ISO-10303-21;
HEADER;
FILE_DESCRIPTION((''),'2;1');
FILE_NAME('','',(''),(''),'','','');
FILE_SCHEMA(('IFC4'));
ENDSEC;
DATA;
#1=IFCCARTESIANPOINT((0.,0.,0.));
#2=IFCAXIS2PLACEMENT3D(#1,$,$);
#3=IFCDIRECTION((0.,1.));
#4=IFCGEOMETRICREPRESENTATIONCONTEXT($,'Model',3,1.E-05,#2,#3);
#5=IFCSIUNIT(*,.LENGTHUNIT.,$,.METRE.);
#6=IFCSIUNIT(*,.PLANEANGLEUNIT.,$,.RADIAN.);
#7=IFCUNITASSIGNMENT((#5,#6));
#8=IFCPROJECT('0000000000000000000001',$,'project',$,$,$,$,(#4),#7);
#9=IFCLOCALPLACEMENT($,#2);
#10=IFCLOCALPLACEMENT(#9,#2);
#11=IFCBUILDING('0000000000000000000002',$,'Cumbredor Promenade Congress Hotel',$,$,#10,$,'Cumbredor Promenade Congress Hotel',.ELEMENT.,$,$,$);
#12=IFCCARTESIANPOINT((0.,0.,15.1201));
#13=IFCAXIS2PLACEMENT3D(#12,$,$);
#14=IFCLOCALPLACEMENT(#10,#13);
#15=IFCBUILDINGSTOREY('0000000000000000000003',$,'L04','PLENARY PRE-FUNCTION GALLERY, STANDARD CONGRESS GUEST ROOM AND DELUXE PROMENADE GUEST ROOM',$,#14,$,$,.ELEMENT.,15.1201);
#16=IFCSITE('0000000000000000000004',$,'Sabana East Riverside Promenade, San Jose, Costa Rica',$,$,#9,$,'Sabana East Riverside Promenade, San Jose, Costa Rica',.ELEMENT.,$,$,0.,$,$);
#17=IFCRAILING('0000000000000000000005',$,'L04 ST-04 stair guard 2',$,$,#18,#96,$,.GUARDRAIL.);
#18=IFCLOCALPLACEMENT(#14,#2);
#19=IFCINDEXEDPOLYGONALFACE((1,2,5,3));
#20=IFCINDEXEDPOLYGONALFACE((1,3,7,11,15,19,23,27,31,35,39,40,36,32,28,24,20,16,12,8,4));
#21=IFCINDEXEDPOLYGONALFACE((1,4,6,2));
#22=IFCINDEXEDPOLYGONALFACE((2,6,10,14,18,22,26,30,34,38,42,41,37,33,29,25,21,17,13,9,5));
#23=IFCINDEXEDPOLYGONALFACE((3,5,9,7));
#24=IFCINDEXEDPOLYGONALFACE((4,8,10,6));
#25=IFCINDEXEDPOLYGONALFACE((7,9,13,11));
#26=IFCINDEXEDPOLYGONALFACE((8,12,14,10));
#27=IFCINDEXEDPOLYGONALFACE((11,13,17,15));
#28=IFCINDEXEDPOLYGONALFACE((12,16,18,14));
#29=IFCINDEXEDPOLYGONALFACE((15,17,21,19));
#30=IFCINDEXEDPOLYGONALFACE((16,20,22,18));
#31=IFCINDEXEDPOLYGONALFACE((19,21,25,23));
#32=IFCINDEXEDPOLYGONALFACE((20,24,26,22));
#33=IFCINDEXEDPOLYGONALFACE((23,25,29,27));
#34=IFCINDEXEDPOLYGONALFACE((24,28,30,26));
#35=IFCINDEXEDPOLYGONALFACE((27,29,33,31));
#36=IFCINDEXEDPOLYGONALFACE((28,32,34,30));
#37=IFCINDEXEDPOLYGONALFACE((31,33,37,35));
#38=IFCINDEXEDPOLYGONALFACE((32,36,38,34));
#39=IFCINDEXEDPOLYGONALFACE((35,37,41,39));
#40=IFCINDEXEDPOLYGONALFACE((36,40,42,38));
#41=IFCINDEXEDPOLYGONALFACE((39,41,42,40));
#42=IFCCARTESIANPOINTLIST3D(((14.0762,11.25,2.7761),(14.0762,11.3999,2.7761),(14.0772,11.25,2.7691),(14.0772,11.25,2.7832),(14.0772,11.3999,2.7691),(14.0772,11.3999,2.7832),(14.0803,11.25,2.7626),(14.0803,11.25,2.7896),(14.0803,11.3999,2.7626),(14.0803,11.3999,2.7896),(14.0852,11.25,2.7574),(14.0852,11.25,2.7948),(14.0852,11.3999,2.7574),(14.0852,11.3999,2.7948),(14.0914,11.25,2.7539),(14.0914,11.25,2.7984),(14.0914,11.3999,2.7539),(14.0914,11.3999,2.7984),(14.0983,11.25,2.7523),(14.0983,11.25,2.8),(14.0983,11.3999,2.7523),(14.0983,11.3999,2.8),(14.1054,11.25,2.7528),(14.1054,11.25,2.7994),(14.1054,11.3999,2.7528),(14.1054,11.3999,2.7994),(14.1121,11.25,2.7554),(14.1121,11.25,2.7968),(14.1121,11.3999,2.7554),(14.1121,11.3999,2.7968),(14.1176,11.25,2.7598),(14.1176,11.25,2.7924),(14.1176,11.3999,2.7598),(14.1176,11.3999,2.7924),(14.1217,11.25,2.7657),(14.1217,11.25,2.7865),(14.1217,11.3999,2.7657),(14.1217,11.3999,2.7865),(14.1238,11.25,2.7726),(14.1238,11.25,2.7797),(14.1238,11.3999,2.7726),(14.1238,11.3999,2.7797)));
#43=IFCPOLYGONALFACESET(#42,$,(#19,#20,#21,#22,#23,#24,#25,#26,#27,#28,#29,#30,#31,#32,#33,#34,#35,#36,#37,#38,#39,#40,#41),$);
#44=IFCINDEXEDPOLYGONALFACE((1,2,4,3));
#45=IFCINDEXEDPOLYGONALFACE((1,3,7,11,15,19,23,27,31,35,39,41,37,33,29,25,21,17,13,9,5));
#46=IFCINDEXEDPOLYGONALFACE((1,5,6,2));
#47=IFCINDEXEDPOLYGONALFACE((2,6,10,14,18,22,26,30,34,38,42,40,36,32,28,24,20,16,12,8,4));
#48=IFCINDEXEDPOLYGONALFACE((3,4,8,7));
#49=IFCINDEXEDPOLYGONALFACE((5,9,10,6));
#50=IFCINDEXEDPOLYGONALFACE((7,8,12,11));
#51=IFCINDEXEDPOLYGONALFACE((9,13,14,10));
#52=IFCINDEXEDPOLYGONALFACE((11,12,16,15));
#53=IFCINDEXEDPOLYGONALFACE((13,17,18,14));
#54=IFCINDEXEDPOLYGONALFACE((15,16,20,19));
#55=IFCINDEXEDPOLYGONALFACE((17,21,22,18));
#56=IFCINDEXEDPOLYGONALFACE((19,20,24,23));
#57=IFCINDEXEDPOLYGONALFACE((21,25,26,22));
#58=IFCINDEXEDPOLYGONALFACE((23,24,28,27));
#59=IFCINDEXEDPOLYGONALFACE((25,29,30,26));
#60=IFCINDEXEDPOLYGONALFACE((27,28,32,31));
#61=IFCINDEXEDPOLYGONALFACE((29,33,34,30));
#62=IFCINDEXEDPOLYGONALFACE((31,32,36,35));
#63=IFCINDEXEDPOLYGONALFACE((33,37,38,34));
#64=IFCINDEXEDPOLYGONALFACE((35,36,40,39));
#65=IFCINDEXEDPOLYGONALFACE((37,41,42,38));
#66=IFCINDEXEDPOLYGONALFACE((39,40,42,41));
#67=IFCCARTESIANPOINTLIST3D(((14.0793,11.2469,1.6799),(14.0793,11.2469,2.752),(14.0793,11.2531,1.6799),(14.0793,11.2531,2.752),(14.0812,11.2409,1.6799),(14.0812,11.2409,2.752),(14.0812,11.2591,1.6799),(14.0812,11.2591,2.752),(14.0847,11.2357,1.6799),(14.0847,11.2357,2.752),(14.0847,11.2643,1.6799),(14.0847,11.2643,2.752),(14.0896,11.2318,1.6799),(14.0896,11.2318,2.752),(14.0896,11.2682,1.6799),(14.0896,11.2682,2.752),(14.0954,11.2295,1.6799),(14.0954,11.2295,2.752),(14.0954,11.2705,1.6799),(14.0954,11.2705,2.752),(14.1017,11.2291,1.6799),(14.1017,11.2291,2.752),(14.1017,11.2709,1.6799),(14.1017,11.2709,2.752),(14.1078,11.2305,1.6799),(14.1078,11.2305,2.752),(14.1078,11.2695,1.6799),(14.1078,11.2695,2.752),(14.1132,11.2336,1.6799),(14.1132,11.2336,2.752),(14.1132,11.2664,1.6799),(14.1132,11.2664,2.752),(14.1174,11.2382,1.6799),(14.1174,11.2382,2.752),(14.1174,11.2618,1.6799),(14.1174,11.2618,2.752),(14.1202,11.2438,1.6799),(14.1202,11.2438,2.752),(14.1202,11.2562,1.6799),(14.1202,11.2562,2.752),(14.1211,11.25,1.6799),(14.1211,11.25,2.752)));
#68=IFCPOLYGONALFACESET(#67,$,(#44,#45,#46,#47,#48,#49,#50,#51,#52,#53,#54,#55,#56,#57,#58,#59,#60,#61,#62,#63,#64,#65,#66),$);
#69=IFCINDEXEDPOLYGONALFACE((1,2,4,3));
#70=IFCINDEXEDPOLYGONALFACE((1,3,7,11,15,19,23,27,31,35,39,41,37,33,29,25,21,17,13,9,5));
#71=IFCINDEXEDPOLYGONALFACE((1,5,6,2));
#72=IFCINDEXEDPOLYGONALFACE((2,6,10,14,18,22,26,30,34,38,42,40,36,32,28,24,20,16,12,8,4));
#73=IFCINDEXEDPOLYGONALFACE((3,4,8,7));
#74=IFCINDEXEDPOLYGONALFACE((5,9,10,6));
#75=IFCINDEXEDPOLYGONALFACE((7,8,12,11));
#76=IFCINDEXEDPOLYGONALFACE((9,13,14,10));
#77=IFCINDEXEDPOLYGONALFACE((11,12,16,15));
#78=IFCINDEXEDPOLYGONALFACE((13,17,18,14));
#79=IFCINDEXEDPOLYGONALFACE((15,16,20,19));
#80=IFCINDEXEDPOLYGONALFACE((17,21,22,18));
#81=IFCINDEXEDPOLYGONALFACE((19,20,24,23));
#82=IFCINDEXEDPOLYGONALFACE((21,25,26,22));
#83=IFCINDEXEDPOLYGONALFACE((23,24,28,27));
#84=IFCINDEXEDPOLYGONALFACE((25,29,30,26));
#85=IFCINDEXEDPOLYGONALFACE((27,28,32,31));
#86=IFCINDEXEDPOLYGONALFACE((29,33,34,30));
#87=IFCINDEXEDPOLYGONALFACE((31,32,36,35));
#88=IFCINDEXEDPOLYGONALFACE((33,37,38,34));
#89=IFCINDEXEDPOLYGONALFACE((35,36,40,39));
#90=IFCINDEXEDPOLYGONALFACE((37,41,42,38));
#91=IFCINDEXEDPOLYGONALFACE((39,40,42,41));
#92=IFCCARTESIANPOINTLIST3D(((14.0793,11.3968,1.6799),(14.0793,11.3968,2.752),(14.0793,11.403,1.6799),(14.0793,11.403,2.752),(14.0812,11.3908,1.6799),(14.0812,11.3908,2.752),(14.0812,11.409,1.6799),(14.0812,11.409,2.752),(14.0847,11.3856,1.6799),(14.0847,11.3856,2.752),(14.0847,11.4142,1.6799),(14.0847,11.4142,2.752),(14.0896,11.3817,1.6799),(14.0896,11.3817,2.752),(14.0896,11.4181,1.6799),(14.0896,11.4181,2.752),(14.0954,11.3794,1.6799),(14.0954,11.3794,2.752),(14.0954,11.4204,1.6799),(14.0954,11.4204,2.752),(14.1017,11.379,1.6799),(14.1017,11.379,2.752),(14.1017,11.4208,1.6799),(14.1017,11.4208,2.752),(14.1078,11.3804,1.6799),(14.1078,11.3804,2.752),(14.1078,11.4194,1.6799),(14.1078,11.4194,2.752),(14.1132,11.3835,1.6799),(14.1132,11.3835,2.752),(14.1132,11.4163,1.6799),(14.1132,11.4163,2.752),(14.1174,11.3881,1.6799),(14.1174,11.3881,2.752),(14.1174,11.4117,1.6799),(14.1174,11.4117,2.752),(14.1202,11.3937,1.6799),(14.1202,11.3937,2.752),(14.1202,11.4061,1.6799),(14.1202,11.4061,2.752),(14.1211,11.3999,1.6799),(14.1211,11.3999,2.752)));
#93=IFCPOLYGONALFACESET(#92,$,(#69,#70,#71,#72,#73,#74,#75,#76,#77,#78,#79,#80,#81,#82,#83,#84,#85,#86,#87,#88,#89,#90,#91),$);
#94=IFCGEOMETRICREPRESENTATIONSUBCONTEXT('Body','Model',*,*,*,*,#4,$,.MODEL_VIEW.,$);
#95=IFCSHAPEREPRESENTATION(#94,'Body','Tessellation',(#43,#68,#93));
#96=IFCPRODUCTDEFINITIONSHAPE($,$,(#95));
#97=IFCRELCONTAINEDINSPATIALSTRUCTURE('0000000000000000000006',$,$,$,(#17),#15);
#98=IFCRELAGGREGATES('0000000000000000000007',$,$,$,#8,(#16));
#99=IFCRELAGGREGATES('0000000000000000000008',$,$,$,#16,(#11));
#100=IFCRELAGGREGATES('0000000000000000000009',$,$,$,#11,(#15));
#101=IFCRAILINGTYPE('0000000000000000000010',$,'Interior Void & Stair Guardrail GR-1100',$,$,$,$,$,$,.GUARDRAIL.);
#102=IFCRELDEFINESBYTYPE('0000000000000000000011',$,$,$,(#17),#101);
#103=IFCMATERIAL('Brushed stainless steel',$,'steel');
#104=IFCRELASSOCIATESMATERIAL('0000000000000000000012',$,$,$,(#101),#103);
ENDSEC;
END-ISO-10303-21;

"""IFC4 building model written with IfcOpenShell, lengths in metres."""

from ifc_helpers import new_model, si_unit, direction, frame, origin, origin_2d, place, context, subcontext, project, spatial, circle, extrude, material, type_object, element, save


model = new_model("IFC4")

# Units and contexts
model_context = context("Model", 3, precision=1e-05, world=origin(), true_north=direction((0.0, 1.0)))
body_context = subcontext(model_context, "Body", "Model", "MODEL_VIEW")
ifc_project = project(units=[si_unit("LENGTHUNIT", "METRE"), si_unit("PLANEANGLEUNIT", "RADIAN")], contexts=[model_context])

# Site, building, storey
site_placement = place(None, origin())
site = spatial("IfcSite", under=ifc_project, at=site_placement, Name="Sabana East Riverside Promenade, San Jose, Costa Rica", LongName="Sabana East Riverside Promenade, San Jose, Costa Rica", CompositionType="ELEMENT", RefElevation=0.0)
building_placement = place(site_placement, origin())
building = spatial("IfcBuilding", under=site, at=building_placement, Name="Cumbredor Promenade Congress Hotel", LongName="Cumbredor Promenade Congress Hotel", CompositionType="ELEMENT")
storey_placement = place(building_placement, frame((0.0, 0.0, 15.1201)))
storey = spatial("IfcBuildingStorey", under=building, at=storey_placement, Name="L04", Description="PLENARY PRE-FUNCTION GALLERY, STANDARD CONGRESS GUEST ROOM AND DELUXE PROMENADE GUEST ROOM", CompositionType="ELEMENT", Elevation=15.1201)

# Shared definitions
ifc_material_1 = material(Name="Brushed stainless steel", Category="steel")

# Railing
railing_type_1 = type_object("IfcRailingType", Name="Interior Void & Stair Guardrail GR-1100", PredefinedType="GUARDRAIL", material=ifc_material_1)
railing_1_placement = place(storey_placement, frame((14.1001, 11.25, 1.6799)))
element("IfcRailing", 1, at=railing_1_placement, inside=storey, type_object=railing_type_1, Name="L04 ST-04 stair guard 2", PredefinedType="GUARDRAIL", context=body_context, shape_type="SweptSolid", body=[
    extrude(circle(Radius=0.0239, at=origin_2d()), frame((0.0, 0.0, 1.0962), z_axis=(0.0, 1.0, 0.0), x_axis=(-1.0, 0.0, 0.0)), (0.0, 0.0, 1.0), 0.1499),
    extrude(circle(Radius=0.021, at=origin_2d()), origin(), (0.0, 0.0, 1.0), 1.072),
    extrude(circle(Radius=0.021, at=origin_2d()), frame((0.0, 0.1499, 0.0)), (0.0, 0.0, 1.0), 1.072),
])

save(model, "model.ifc")
